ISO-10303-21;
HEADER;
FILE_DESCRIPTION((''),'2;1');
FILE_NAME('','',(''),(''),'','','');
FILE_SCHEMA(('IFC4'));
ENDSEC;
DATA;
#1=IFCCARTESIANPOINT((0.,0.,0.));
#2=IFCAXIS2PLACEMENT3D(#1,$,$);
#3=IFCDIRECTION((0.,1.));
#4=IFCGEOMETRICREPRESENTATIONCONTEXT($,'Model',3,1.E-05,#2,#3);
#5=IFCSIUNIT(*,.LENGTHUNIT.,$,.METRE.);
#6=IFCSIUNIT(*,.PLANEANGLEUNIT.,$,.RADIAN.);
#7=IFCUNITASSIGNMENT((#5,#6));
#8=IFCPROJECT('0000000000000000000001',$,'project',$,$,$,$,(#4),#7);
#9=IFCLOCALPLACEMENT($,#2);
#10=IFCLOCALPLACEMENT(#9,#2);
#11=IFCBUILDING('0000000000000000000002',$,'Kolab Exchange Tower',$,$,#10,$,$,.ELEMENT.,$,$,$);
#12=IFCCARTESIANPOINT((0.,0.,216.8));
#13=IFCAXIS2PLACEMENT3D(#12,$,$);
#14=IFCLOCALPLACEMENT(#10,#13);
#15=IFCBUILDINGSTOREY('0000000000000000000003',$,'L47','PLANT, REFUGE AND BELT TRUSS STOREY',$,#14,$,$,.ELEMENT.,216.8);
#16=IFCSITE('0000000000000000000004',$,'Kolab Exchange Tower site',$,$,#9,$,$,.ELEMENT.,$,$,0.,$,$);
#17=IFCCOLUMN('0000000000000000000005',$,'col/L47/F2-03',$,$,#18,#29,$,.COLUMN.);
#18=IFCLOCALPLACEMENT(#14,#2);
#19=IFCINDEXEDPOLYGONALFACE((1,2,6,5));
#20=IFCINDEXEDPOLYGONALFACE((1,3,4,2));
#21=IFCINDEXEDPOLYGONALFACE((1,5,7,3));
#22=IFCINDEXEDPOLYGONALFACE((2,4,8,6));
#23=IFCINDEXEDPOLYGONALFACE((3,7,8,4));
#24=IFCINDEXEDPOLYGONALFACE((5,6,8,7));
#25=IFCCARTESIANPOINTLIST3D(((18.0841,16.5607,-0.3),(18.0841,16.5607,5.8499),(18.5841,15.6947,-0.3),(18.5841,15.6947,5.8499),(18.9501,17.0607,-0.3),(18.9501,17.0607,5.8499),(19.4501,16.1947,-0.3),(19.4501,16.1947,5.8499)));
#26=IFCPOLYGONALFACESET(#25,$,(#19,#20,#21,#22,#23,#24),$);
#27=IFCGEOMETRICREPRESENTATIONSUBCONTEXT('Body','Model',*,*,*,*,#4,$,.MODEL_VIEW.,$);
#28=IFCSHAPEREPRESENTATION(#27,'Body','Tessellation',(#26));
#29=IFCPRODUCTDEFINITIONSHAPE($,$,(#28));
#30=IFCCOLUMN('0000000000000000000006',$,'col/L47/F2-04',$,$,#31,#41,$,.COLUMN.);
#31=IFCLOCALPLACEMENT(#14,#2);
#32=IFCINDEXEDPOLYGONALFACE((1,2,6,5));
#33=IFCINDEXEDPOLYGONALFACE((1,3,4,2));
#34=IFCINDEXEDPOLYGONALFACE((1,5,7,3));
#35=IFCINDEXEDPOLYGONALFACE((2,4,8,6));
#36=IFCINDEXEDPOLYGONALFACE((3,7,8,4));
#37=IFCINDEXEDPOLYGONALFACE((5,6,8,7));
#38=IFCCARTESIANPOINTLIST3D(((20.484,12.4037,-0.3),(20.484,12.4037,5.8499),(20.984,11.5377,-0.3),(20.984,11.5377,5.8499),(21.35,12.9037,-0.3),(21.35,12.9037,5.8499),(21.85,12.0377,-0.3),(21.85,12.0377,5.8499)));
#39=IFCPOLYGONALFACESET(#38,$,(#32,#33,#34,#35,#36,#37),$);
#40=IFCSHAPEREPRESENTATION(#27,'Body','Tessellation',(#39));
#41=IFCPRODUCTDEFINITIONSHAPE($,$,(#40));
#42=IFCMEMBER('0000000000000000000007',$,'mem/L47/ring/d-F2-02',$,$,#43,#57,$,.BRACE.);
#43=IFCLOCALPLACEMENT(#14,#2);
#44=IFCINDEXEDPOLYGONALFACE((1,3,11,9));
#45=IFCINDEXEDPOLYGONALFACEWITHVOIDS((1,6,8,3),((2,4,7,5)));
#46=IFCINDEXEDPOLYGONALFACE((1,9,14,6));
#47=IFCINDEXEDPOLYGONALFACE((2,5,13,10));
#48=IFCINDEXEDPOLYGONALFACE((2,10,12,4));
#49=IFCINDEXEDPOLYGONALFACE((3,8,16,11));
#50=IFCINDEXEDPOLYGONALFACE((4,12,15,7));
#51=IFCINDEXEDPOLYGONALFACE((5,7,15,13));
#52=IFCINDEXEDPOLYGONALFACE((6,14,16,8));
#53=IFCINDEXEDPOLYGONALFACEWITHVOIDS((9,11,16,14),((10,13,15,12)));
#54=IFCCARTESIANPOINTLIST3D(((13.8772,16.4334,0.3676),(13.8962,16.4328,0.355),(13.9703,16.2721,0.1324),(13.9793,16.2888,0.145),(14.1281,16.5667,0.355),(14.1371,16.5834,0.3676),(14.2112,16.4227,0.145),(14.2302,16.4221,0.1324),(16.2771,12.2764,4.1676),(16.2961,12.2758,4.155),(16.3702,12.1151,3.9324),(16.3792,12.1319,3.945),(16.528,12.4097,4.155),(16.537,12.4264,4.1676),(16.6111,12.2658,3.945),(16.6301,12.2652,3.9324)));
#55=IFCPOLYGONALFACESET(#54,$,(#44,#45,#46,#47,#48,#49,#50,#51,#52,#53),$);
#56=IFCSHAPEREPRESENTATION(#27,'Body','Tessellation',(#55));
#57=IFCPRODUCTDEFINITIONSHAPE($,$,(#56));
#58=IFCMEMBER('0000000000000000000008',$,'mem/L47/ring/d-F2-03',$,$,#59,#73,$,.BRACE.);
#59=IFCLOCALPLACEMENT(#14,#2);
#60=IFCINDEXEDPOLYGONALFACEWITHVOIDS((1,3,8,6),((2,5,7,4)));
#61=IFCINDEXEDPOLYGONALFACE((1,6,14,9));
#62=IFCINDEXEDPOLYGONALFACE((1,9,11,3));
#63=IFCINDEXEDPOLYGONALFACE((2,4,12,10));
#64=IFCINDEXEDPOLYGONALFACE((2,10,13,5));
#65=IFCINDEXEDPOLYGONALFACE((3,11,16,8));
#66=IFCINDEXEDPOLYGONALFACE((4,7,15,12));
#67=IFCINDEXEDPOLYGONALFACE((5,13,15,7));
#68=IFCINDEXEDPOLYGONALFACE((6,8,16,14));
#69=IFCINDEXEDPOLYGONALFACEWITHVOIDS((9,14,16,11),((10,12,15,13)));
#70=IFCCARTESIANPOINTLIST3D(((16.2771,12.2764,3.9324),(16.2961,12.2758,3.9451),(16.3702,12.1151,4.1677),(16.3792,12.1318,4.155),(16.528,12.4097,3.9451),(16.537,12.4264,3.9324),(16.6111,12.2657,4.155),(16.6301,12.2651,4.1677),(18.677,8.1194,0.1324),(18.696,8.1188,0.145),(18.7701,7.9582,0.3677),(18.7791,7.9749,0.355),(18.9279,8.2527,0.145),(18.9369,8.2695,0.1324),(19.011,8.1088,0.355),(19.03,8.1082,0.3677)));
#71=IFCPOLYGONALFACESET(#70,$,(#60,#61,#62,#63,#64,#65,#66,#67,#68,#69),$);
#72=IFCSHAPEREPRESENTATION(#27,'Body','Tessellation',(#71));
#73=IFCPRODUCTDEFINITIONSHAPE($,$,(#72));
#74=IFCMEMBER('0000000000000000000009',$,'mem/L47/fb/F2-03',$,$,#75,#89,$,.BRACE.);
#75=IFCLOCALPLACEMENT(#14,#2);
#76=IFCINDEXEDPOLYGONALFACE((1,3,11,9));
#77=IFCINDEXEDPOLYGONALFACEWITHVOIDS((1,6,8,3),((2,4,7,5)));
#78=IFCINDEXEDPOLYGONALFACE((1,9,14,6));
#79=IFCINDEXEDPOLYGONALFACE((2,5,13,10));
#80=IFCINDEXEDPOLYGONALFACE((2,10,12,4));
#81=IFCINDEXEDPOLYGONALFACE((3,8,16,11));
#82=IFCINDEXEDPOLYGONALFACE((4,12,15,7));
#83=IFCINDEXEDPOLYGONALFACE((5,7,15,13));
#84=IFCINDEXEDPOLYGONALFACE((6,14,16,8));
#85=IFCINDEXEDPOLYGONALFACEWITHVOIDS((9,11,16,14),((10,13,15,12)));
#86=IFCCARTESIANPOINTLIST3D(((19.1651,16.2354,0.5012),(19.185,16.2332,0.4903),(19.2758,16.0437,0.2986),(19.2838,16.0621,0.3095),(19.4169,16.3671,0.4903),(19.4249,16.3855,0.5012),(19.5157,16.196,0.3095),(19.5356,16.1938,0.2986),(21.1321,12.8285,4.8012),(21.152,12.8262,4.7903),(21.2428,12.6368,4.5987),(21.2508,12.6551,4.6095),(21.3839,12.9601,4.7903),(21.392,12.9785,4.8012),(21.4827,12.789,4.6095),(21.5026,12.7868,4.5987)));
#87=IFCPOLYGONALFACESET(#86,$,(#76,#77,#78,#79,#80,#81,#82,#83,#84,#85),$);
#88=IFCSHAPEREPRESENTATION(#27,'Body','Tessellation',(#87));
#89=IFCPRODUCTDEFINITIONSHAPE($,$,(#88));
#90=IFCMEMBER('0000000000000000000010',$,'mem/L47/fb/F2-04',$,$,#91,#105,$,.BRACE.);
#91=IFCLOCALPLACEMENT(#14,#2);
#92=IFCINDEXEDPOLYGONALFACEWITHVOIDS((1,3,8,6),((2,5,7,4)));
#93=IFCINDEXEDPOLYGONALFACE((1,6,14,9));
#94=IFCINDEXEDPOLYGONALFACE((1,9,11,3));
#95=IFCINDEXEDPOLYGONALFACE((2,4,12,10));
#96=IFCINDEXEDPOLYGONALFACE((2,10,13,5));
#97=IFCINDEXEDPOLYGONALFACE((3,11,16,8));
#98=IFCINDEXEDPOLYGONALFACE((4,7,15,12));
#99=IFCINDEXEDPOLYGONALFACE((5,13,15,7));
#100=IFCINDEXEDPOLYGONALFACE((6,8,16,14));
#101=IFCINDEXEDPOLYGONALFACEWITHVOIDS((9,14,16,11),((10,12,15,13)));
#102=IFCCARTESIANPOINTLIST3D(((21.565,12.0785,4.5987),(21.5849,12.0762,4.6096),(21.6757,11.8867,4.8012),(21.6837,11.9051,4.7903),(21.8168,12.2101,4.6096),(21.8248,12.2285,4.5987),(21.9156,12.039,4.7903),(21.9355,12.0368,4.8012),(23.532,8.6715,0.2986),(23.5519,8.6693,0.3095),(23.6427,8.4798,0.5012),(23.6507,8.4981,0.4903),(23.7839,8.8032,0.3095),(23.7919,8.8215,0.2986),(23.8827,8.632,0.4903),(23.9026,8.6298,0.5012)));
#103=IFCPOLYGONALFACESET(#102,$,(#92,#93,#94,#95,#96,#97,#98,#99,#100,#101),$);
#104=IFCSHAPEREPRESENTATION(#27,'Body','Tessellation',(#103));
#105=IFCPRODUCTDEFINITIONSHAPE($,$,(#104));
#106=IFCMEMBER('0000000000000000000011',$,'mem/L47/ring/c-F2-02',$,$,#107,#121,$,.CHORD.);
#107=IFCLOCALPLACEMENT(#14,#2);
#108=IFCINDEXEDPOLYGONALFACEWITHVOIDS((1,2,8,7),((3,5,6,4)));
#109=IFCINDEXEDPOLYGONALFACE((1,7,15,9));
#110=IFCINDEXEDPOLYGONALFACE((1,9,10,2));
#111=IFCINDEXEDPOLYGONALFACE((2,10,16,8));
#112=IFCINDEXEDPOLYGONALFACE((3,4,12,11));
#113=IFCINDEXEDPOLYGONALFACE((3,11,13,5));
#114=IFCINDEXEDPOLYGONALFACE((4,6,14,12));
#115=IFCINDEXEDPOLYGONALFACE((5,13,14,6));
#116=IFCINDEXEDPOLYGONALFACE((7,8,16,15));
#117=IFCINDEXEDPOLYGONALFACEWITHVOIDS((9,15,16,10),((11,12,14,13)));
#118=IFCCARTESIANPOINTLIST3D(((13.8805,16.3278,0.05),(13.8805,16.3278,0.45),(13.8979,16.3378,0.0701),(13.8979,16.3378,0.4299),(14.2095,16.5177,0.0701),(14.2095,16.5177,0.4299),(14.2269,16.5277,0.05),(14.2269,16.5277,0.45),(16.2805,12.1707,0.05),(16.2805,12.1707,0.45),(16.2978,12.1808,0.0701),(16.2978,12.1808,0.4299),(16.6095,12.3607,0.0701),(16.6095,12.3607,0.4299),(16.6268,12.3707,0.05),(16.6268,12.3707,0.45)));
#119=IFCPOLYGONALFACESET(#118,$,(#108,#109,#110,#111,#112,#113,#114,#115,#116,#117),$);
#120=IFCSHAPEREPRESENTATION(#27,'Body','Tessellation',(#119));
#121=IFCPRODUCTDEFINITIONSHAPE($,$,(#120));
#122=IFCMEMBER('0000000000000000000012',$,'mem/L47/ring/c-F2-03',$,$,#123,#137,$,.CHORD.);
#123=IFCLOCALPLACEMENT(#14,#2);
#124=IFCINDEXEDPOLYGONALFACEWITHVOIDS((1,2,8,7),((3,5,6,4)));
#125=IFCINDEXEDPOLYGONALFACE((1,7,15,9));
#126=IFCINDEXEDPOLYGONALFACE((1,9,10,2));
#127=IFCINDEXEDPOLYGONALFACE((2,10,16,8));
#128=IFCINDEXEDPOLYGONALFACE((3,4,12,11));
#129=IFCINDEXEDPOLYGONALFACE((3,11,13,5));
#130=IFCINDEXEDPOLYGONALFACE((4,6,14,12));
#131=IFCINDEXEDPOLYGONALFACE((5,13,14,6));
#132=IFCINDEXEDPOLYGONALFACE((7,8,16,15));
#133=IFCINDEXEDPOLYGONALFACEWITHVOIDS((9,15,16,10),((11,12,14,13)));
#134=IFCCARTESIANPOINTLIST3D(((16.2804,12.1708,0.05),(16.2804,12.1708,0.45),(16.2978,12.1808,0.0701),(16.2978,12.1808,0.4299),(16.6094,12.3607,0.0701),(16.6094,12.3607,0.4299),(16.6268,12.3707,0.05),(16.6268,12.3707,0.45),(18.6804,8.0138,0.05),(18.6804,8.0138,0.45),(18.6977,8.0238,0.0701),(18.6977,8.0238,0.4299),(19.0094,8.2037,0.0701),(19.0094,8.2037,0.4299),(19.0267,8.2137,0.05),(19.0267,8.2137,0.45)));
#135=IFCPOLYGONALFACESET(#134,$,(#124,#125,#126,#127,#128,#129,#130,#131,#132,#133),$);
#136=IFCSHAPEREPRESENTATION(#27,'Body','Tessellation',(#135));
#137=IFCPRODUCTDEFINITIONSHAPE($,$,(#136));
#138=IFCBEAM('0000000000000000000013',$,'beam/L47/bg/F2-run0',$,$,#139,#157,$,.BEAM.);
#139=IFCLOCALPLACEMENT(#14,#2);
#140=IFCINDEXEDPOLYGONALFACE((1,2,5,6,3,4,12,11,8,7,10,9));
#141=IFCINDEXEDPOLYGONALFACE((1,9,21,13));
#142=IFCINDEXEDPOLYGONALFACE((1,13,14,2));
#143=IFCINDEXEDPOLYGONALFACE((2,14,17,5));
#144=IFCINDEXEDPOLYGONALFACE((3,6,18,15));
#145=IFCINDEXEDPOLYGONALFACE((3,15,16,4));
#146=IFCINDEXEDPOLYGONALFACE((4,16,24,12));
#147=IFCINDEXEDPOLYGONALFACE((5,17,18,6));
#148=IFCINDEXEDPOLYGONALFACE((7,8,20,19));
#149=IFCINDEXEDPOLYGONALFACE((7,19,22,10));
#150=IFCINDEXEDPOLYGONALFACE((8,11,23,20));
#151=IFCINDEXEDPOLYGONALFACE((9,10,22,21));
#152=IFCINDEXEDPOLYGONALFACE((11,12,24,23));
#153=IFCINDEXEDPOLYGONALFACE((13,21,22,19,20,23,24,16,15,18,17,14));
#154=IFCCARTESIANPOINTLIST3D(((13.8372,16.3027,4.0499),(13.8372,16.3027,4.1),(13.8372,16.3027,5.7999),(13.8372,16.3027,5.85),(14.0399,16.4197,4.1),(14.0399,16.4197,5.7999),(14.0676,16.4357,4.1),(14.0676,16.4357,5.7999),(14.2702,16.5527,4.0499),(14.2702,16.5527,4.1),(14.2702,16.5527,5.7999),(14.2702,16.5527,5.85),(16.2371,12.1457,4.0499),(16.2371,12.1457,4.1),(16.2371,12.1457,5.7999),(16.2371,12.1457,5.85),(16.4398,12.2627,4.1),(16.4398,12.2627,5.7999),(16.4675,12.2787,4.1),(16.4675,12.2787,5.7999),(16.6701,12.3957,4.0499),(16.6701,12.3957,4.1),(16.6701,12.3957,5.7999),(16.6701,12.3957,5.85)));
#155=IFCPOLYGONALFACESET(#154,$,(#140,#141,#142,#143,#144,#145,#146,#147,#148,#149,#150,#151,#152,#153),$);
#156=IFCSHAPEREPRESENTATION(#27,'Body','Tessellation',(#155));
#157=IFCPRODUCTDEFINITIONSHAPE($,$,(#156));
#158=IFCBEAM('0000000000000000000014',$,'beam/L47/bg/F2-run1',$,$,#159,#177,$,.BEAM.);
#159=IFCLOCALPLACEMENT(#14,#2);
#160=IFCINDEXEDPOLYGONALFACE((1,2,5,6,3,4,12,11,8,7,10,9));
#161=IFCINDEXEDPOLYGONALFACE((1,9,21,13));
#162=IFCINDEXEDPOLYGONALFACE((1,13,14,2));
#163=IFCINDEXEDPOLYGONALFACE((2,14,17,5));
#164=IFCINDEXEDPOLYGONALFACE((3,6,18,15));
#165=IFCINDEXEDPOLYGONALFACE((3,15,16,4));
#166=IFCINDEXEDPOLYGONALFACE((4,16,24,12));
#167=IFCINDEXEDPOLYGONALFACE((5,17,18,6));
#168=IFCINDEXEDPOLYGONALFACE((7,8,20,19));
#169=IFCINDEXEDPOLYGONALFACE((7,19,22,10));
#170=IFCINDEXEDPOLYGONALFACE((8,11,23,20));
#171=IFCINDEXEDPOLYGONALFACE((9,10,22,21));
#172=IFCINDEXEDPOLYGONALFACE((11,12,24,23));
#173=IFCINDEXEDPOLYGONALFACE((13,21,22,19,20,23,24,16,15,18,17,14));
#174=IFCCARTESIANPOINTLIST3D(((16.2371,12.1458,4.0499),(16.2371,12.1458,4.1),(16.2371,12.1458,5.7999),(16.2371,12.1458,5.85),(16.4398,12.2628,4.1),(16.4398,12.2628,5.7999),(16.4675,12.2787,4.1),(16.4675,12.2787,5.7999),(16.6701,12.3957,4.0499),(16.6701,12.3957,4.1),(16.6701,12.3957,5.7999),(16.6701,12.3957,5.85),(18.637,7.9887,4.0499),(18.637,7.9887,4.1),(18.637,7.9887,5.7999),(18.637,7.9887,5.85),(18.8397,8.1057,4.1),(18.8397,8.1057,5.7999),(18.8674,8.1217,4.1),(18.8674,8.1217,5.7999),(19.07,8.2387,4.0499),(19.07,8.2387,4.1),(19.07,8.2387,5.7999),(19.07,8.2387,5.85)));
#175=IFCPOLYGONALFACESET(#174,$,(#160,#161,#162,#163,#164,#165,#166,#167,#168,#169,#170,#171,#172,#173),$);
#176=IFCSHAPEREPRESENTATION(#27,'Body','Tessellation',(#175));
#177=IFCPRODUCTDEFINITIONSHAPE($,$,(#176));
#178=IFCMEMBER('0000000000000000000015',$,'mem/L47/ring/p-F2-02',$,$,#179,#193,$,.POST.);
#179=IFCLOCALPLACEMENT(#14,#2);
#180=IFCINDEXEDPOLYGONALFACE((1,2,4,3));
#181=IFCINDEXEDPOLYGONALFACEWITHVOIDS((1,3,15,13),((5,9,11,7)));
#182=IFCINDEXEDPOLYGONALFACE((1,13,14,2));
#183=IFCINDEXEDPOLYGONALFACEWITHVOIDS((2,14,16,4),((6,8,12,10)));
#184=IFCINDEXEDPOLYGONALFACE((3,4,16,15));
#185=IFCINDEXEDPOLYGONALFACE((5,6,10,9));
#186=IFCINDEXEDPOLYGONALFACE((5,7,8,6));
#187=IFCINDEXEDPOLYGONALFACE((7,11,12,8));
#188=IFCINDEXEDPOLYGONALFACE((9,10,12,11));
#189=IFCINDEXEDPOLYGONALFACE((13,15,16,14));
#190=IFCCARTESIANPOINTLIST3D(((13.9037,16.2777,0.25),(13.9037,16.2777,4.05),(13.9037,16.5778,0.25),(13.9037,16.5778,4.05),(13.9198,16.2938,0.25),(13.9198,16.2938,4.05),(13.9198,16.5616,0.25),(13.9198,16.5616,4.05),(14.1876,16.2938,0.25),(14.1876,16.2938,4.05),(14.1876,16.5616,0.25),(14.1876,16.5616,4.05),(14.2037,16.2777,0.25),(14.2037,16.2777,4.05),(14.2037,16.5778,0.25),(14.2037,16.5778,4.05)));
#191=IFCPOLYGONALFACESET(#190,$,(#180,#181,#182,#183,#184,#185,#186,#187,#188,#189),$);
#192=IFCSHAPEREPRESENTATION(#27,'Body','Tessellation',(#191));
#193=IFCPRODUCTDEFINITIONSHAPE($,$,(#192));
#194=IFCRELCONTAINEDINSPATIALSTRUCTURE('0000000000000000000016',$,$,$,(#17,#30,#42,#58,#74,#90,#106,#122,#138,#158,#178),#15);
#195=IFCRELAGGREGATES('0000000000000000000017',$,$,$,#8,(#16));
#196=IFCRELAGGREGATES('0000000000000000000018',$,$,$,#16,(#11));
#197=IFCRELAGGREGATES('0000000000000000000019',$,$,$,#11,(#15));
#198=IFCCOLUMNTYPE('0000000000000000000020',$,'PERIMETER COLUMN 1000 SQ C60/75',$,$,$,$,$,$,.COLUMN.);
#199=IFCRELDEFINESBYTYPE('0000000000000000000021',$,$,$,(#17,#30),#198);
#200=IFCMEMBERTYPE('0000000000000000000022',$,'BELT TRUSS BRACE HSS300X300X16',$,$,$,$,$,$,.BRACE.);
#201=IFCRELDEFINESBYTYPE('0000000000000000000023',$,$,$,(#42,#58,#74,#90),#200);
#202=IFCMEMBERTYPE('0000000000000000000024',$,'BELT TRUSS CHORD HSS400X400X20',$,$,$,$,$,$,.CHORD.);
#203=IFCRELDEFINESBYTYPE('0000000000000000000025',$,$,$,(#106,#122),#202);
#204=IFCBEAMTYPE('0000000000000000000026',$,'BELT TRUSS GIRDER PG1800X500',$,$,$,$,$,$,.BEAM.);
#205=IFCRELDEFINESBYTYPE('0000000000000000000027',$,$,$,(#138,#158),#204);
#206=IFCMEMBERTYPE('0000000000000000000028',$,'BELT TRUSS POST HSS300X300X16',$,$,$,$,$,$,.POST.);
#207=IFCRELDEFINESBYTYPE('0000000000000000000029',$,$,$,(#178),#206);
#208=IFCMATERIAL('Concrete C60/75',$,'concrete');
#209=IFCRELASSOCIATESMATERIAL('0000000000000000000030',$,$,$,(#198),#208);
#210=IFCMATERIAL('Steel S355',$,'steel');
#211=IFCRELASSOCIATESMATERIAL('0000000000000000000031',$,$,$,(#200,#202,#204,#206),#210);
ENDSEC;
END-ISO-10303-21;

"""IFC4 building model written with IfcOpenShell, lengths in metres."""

from ifc_helpers import new_model, si_unit, direction, frame, origin, origin_2d, place, context, subcontext, project, spatial, rectangle, hollow_rectangle, i_section, extrude, material, material_profile, profile_set, type_object, element, save


model = new_model("IFC4")

# Units and contexts
model_context = context("Model", 3, precision=1e-05, world=origin(), true_north=direction((0.0, 1.0)))
body_context = subcontext(model_context, "Body", "Model", "MODEL_VIEW")
ifc_project = project(units=[si_unit("LENGTHUNIT", "METRE"), si_unit("PLANEANGLEUNIT", "RADIAN")], contexts=[model_context])

# Site, building, storey
site_placement = place(None, origin())
site = spatial("IfcSite", under=ifc_project, at=site_placement, Name="Kolab Exchange Tower site", CompositionType="ELEMENT", RefElevation=0.0)
building_placement = place(site_placement, origin())
building = spatial("IfcBuilding", under=site, at=building_placement, Name="Kolab Exchange Tower", CompositionType="ELEMENT")
storey_placement = place(building_placement, frame((0.0, 0.0, 216.8)))
storey = spatial("IfcBuildingStorey", under=building, at=storey_placement, Name="L47", Description="PLANT, REFUGE AND BELT TRUSS STOREY", CompositionType="ELEMENT", Elevation=216.8)

# Columns
ifc_material_1 = material(Name="Concrete C60/75", Category="concrete")
ifc_material_profile_1 = material_profile(ifc_material_1, rectangle(XDim=1.0, YDim=1.0, at=origin_2d()), Name="RC1000")
ifc_profile_set_1 = profile_set([ifc_material_profile_1], Name="Concrete C60/75")
column_type = type_object("IfcColumnType", Name="PERIMETER COLUMN 1000 SQ C60/75", PredefinedType="COLUMN", material=ifc_profile_set_1)
for number, where, z_axis, x_axis, name in (
    (1, (18.7671, 16.3777, -0.3), (0.0, 0.0, 1.0), (0.866025, 0.5, 0.0), "col/L47/F2-03"),
    (2, (21.167, 12.2207, -0.3), (0.0, 0.0, 1.0), (0.866025, 0.5, 0.0), "col/L47/F2-04"),
):
    element("IfcColumn", number, at=place(storey_placement, frame(where, z_axis=z_axis, x_axis=x_axis)), inside=storey, type_object=column_type, Name=name, PredefinedType="COLUMN", context=body_context, shape_type="SweptSolid", body=[
        extrude(rectangle(XDim=1.0, YDim=1.0, at=origin_2d()), origin(), (0.0, 0.0, 1.0), 6.1499),
    ])

# Members
ifc_material_2 = material(Name="Steel S355", Category="steel")
ifc_material_profile_2 = material_profile(ifc_material_2, hollow_rectangle(XDim=0.3, YDim=0.3, WallThickness=0.0161, at=origin_2d()), Name="HSS300X300X16")
ifc_profile_set_2 = profile_set([ifc_material_profile_2], Name="Steel S355")
member_type_1 = type_object("IfcMemberType", Name="BELT TRUSS BRACE HSS300X300X16", PredefinedType="BRACE", material=ifc_profile_set_2)
for number, where, z_axis, x_axis, name in (
    (3, (14.0537, 16.4277, 0.25), (0.392005, -0.67901, 0.620708), (0.866037, 0.499979, 0.0), "mem/L47/ring/d-F2-02"),
    (4, (16.4536, 12.2708, 4.05), (0.392005, -0.67901, -0.620708), (0.866037, 0.499979, 0.0), "mem/L47/ring/d-F2-03"),
):
    element("IfcMember", number, at=place(storey_placement, frame(where, z_axis=z_axis, x_axis=x_axis)), inside=storey, type_object=member_type_1, Name=name, PredefinedType="BRACE", context=body_context, shape_type="SweptSolid", body=[
        extrude(hollow_rectangle(XDim=0.3, YDim=0.3, WallThickness=0.0161, at=origin_2d()), origin(), (0.0, 0.0, 1.0), 6.1221),
    ])
for number, where, z_axis, x_axis, name in (
    (5, (19.3503, 16.2146, 0.3999), (0.337508, -0.584575, 0.737808), (0.866023, 0.500004, 0.0), "mem/L47/fb/F2-03"),
    (6, (21.7502, 12.0576, 4.7), (0.337508, -0.584575, -0.737808), (0.866023, 0.500004, 0.0), "mem/L47/fb/F2-04"),
):
    element("IfcMember", number, at=place(storey_placement, frame(where, z_axis=z_axis, x_axis=x_axis)), inside=storey, type_object=member_type_1, Name=name, PredefinedType="BRACE", context=body_context, shape_type="SweptSolid", body=[
        extrude(hollow_rectangle(XDim=0.3, YDim=0.3, WallThickness=0.0161, at=origin_2d()), origin(), (0.0, 0.0, 1.0), 5.8281),
    ])
ifc_material_profile_3 = material_profile(ifc_material_2, hollow_rectangle(XDim=0.3999, YDim=0.3999, WallThickness=0.02, at=origin_2d()), Name="HSS400X400X20")
ifc_profile_set_3 = profile_set([ifc_material_profile_3], Name="Steel S355")
member_type_2 = type_object("IfcMemberType", Name="BELT TRUSS CHORD HSS400X400X20", PredefinedType="CHORD", material=ifc_profile_set_3)
for number, where, z_axis, x_axis, name in (
    (7, (14.0537, 16.4277, 0.25), (0.499979, -0.866037, 0.0), (0.866037, 0.499979, 0.0), "mem/L47/ring/c-F2-02"),
    (8, (16.4536, 12.2708, 0.25), (0.499979, -0.866037, 0.0), (0.866037, 0.499979, 0.0), "mem/L47/ring/c-F2-03"),
):
    element("IfcMember", number, at=place(storey_placement, frame(where, z_axis=z_axis, x_axis=x_axis)), inside=storey, type_object=member_type_2, Name=name, PredefinedType="CHORD", context=body_context, shape_type="SweptSolid", body=[
        extrude(hollow_rectangle(XDim=0.3999, YDim=0.3999, WallThickness=0.02, at=origin_2d()), origin(), (0.0, 0.0, 1.0), 4.8),
    ])

# Beams
ifc_material_profile_4 = material_profile(ifc_material_2, i_section(OverallWidth=0.5, OverallDepth=1.8, WebThickness=0.032, FlangeThickness=0.05, at=origin_2d()), Name="PG1800X500")
ifc_profile_set_4 = profile_set([ifc_material_profile_4], Name="Steel S355")
beam_type_1 = type_object("IfcBeamType", Name="BELT TRUSS GIRDER PG1800X500", PredefinedType="BEAM", material=ifc_profile_set_4)
for number, where, z_axis, x_axis, name in (
    (9, (14.0537, 16.4277, 4.95), (0.499979, -0.866037, 0.0), (0.866037, 0.499979, 0.0), "beam/L47/bg/F2-run0"),
    (10, (16.4536, 12.2708, 4.95), (0.499979, -0.866037, 0.0), (0.866037, 0.499979, 0.0), "beam/L47/bg/F2-run1"),
):
    element("IfcBeam", number, at=place(storey_placement, frame(where, z_axis=z_axis, x_axis=x_axis)), inside=storey, type_object=beam_type_1, Name=name, PredefinedType="BEAM", context=body_context, shape_type="SweptSolid", body=[
        extrude(i_section(OverallWidth=0.5, OverallDepth=1.8, WebThickness=0.032, FlangeThickness=0.05, at=origin_2d()), origin(), (0.0, 0.0, 1.0), 4.8),
    ])

# Member
ifc_material_profile_5 = material_profile(ifc_material_2, hollow_rectangle(XDim=0.3, YDim=0.3, WallThickness=0.0161, at=origin_2d()), Name="HSS300X300X16")
ifc_profile_set_5 = profile_set([ifc_material_profile_5], Name="Steel S355")
member_type_3 = type_object("IfcMemberType", Name="BELT TRUSS POST HSS300X300X16", PredefinedType="POST", material=ifc_profile_set_5)
for number, where, z_axis, x_axis, name in (
    (11, (14.0537, 16.4277, 0.25), (0.0, 0.0, 1.0), (1.0, 0.0, 0.0), "mem/L47/ring/p-F2-02"),
):
    element("IfcMember", number, at=place(storey_placement, frame(where, z_axis=z_axis, x_axis=x_axis)), inside=storey, type_object=member_type_3, Name=name, PredefinedType="POST", context=body_context, shape_type="SweptSolid", body=[
        extrude(hollow_rectangle(XDim=0.3, YDim=0.3, WallThickness=0.0161, at=origin_2d()), origin(), (0.0, 0.0, 1.0), 3.8),
    ])

save(model, "model.ifc")
